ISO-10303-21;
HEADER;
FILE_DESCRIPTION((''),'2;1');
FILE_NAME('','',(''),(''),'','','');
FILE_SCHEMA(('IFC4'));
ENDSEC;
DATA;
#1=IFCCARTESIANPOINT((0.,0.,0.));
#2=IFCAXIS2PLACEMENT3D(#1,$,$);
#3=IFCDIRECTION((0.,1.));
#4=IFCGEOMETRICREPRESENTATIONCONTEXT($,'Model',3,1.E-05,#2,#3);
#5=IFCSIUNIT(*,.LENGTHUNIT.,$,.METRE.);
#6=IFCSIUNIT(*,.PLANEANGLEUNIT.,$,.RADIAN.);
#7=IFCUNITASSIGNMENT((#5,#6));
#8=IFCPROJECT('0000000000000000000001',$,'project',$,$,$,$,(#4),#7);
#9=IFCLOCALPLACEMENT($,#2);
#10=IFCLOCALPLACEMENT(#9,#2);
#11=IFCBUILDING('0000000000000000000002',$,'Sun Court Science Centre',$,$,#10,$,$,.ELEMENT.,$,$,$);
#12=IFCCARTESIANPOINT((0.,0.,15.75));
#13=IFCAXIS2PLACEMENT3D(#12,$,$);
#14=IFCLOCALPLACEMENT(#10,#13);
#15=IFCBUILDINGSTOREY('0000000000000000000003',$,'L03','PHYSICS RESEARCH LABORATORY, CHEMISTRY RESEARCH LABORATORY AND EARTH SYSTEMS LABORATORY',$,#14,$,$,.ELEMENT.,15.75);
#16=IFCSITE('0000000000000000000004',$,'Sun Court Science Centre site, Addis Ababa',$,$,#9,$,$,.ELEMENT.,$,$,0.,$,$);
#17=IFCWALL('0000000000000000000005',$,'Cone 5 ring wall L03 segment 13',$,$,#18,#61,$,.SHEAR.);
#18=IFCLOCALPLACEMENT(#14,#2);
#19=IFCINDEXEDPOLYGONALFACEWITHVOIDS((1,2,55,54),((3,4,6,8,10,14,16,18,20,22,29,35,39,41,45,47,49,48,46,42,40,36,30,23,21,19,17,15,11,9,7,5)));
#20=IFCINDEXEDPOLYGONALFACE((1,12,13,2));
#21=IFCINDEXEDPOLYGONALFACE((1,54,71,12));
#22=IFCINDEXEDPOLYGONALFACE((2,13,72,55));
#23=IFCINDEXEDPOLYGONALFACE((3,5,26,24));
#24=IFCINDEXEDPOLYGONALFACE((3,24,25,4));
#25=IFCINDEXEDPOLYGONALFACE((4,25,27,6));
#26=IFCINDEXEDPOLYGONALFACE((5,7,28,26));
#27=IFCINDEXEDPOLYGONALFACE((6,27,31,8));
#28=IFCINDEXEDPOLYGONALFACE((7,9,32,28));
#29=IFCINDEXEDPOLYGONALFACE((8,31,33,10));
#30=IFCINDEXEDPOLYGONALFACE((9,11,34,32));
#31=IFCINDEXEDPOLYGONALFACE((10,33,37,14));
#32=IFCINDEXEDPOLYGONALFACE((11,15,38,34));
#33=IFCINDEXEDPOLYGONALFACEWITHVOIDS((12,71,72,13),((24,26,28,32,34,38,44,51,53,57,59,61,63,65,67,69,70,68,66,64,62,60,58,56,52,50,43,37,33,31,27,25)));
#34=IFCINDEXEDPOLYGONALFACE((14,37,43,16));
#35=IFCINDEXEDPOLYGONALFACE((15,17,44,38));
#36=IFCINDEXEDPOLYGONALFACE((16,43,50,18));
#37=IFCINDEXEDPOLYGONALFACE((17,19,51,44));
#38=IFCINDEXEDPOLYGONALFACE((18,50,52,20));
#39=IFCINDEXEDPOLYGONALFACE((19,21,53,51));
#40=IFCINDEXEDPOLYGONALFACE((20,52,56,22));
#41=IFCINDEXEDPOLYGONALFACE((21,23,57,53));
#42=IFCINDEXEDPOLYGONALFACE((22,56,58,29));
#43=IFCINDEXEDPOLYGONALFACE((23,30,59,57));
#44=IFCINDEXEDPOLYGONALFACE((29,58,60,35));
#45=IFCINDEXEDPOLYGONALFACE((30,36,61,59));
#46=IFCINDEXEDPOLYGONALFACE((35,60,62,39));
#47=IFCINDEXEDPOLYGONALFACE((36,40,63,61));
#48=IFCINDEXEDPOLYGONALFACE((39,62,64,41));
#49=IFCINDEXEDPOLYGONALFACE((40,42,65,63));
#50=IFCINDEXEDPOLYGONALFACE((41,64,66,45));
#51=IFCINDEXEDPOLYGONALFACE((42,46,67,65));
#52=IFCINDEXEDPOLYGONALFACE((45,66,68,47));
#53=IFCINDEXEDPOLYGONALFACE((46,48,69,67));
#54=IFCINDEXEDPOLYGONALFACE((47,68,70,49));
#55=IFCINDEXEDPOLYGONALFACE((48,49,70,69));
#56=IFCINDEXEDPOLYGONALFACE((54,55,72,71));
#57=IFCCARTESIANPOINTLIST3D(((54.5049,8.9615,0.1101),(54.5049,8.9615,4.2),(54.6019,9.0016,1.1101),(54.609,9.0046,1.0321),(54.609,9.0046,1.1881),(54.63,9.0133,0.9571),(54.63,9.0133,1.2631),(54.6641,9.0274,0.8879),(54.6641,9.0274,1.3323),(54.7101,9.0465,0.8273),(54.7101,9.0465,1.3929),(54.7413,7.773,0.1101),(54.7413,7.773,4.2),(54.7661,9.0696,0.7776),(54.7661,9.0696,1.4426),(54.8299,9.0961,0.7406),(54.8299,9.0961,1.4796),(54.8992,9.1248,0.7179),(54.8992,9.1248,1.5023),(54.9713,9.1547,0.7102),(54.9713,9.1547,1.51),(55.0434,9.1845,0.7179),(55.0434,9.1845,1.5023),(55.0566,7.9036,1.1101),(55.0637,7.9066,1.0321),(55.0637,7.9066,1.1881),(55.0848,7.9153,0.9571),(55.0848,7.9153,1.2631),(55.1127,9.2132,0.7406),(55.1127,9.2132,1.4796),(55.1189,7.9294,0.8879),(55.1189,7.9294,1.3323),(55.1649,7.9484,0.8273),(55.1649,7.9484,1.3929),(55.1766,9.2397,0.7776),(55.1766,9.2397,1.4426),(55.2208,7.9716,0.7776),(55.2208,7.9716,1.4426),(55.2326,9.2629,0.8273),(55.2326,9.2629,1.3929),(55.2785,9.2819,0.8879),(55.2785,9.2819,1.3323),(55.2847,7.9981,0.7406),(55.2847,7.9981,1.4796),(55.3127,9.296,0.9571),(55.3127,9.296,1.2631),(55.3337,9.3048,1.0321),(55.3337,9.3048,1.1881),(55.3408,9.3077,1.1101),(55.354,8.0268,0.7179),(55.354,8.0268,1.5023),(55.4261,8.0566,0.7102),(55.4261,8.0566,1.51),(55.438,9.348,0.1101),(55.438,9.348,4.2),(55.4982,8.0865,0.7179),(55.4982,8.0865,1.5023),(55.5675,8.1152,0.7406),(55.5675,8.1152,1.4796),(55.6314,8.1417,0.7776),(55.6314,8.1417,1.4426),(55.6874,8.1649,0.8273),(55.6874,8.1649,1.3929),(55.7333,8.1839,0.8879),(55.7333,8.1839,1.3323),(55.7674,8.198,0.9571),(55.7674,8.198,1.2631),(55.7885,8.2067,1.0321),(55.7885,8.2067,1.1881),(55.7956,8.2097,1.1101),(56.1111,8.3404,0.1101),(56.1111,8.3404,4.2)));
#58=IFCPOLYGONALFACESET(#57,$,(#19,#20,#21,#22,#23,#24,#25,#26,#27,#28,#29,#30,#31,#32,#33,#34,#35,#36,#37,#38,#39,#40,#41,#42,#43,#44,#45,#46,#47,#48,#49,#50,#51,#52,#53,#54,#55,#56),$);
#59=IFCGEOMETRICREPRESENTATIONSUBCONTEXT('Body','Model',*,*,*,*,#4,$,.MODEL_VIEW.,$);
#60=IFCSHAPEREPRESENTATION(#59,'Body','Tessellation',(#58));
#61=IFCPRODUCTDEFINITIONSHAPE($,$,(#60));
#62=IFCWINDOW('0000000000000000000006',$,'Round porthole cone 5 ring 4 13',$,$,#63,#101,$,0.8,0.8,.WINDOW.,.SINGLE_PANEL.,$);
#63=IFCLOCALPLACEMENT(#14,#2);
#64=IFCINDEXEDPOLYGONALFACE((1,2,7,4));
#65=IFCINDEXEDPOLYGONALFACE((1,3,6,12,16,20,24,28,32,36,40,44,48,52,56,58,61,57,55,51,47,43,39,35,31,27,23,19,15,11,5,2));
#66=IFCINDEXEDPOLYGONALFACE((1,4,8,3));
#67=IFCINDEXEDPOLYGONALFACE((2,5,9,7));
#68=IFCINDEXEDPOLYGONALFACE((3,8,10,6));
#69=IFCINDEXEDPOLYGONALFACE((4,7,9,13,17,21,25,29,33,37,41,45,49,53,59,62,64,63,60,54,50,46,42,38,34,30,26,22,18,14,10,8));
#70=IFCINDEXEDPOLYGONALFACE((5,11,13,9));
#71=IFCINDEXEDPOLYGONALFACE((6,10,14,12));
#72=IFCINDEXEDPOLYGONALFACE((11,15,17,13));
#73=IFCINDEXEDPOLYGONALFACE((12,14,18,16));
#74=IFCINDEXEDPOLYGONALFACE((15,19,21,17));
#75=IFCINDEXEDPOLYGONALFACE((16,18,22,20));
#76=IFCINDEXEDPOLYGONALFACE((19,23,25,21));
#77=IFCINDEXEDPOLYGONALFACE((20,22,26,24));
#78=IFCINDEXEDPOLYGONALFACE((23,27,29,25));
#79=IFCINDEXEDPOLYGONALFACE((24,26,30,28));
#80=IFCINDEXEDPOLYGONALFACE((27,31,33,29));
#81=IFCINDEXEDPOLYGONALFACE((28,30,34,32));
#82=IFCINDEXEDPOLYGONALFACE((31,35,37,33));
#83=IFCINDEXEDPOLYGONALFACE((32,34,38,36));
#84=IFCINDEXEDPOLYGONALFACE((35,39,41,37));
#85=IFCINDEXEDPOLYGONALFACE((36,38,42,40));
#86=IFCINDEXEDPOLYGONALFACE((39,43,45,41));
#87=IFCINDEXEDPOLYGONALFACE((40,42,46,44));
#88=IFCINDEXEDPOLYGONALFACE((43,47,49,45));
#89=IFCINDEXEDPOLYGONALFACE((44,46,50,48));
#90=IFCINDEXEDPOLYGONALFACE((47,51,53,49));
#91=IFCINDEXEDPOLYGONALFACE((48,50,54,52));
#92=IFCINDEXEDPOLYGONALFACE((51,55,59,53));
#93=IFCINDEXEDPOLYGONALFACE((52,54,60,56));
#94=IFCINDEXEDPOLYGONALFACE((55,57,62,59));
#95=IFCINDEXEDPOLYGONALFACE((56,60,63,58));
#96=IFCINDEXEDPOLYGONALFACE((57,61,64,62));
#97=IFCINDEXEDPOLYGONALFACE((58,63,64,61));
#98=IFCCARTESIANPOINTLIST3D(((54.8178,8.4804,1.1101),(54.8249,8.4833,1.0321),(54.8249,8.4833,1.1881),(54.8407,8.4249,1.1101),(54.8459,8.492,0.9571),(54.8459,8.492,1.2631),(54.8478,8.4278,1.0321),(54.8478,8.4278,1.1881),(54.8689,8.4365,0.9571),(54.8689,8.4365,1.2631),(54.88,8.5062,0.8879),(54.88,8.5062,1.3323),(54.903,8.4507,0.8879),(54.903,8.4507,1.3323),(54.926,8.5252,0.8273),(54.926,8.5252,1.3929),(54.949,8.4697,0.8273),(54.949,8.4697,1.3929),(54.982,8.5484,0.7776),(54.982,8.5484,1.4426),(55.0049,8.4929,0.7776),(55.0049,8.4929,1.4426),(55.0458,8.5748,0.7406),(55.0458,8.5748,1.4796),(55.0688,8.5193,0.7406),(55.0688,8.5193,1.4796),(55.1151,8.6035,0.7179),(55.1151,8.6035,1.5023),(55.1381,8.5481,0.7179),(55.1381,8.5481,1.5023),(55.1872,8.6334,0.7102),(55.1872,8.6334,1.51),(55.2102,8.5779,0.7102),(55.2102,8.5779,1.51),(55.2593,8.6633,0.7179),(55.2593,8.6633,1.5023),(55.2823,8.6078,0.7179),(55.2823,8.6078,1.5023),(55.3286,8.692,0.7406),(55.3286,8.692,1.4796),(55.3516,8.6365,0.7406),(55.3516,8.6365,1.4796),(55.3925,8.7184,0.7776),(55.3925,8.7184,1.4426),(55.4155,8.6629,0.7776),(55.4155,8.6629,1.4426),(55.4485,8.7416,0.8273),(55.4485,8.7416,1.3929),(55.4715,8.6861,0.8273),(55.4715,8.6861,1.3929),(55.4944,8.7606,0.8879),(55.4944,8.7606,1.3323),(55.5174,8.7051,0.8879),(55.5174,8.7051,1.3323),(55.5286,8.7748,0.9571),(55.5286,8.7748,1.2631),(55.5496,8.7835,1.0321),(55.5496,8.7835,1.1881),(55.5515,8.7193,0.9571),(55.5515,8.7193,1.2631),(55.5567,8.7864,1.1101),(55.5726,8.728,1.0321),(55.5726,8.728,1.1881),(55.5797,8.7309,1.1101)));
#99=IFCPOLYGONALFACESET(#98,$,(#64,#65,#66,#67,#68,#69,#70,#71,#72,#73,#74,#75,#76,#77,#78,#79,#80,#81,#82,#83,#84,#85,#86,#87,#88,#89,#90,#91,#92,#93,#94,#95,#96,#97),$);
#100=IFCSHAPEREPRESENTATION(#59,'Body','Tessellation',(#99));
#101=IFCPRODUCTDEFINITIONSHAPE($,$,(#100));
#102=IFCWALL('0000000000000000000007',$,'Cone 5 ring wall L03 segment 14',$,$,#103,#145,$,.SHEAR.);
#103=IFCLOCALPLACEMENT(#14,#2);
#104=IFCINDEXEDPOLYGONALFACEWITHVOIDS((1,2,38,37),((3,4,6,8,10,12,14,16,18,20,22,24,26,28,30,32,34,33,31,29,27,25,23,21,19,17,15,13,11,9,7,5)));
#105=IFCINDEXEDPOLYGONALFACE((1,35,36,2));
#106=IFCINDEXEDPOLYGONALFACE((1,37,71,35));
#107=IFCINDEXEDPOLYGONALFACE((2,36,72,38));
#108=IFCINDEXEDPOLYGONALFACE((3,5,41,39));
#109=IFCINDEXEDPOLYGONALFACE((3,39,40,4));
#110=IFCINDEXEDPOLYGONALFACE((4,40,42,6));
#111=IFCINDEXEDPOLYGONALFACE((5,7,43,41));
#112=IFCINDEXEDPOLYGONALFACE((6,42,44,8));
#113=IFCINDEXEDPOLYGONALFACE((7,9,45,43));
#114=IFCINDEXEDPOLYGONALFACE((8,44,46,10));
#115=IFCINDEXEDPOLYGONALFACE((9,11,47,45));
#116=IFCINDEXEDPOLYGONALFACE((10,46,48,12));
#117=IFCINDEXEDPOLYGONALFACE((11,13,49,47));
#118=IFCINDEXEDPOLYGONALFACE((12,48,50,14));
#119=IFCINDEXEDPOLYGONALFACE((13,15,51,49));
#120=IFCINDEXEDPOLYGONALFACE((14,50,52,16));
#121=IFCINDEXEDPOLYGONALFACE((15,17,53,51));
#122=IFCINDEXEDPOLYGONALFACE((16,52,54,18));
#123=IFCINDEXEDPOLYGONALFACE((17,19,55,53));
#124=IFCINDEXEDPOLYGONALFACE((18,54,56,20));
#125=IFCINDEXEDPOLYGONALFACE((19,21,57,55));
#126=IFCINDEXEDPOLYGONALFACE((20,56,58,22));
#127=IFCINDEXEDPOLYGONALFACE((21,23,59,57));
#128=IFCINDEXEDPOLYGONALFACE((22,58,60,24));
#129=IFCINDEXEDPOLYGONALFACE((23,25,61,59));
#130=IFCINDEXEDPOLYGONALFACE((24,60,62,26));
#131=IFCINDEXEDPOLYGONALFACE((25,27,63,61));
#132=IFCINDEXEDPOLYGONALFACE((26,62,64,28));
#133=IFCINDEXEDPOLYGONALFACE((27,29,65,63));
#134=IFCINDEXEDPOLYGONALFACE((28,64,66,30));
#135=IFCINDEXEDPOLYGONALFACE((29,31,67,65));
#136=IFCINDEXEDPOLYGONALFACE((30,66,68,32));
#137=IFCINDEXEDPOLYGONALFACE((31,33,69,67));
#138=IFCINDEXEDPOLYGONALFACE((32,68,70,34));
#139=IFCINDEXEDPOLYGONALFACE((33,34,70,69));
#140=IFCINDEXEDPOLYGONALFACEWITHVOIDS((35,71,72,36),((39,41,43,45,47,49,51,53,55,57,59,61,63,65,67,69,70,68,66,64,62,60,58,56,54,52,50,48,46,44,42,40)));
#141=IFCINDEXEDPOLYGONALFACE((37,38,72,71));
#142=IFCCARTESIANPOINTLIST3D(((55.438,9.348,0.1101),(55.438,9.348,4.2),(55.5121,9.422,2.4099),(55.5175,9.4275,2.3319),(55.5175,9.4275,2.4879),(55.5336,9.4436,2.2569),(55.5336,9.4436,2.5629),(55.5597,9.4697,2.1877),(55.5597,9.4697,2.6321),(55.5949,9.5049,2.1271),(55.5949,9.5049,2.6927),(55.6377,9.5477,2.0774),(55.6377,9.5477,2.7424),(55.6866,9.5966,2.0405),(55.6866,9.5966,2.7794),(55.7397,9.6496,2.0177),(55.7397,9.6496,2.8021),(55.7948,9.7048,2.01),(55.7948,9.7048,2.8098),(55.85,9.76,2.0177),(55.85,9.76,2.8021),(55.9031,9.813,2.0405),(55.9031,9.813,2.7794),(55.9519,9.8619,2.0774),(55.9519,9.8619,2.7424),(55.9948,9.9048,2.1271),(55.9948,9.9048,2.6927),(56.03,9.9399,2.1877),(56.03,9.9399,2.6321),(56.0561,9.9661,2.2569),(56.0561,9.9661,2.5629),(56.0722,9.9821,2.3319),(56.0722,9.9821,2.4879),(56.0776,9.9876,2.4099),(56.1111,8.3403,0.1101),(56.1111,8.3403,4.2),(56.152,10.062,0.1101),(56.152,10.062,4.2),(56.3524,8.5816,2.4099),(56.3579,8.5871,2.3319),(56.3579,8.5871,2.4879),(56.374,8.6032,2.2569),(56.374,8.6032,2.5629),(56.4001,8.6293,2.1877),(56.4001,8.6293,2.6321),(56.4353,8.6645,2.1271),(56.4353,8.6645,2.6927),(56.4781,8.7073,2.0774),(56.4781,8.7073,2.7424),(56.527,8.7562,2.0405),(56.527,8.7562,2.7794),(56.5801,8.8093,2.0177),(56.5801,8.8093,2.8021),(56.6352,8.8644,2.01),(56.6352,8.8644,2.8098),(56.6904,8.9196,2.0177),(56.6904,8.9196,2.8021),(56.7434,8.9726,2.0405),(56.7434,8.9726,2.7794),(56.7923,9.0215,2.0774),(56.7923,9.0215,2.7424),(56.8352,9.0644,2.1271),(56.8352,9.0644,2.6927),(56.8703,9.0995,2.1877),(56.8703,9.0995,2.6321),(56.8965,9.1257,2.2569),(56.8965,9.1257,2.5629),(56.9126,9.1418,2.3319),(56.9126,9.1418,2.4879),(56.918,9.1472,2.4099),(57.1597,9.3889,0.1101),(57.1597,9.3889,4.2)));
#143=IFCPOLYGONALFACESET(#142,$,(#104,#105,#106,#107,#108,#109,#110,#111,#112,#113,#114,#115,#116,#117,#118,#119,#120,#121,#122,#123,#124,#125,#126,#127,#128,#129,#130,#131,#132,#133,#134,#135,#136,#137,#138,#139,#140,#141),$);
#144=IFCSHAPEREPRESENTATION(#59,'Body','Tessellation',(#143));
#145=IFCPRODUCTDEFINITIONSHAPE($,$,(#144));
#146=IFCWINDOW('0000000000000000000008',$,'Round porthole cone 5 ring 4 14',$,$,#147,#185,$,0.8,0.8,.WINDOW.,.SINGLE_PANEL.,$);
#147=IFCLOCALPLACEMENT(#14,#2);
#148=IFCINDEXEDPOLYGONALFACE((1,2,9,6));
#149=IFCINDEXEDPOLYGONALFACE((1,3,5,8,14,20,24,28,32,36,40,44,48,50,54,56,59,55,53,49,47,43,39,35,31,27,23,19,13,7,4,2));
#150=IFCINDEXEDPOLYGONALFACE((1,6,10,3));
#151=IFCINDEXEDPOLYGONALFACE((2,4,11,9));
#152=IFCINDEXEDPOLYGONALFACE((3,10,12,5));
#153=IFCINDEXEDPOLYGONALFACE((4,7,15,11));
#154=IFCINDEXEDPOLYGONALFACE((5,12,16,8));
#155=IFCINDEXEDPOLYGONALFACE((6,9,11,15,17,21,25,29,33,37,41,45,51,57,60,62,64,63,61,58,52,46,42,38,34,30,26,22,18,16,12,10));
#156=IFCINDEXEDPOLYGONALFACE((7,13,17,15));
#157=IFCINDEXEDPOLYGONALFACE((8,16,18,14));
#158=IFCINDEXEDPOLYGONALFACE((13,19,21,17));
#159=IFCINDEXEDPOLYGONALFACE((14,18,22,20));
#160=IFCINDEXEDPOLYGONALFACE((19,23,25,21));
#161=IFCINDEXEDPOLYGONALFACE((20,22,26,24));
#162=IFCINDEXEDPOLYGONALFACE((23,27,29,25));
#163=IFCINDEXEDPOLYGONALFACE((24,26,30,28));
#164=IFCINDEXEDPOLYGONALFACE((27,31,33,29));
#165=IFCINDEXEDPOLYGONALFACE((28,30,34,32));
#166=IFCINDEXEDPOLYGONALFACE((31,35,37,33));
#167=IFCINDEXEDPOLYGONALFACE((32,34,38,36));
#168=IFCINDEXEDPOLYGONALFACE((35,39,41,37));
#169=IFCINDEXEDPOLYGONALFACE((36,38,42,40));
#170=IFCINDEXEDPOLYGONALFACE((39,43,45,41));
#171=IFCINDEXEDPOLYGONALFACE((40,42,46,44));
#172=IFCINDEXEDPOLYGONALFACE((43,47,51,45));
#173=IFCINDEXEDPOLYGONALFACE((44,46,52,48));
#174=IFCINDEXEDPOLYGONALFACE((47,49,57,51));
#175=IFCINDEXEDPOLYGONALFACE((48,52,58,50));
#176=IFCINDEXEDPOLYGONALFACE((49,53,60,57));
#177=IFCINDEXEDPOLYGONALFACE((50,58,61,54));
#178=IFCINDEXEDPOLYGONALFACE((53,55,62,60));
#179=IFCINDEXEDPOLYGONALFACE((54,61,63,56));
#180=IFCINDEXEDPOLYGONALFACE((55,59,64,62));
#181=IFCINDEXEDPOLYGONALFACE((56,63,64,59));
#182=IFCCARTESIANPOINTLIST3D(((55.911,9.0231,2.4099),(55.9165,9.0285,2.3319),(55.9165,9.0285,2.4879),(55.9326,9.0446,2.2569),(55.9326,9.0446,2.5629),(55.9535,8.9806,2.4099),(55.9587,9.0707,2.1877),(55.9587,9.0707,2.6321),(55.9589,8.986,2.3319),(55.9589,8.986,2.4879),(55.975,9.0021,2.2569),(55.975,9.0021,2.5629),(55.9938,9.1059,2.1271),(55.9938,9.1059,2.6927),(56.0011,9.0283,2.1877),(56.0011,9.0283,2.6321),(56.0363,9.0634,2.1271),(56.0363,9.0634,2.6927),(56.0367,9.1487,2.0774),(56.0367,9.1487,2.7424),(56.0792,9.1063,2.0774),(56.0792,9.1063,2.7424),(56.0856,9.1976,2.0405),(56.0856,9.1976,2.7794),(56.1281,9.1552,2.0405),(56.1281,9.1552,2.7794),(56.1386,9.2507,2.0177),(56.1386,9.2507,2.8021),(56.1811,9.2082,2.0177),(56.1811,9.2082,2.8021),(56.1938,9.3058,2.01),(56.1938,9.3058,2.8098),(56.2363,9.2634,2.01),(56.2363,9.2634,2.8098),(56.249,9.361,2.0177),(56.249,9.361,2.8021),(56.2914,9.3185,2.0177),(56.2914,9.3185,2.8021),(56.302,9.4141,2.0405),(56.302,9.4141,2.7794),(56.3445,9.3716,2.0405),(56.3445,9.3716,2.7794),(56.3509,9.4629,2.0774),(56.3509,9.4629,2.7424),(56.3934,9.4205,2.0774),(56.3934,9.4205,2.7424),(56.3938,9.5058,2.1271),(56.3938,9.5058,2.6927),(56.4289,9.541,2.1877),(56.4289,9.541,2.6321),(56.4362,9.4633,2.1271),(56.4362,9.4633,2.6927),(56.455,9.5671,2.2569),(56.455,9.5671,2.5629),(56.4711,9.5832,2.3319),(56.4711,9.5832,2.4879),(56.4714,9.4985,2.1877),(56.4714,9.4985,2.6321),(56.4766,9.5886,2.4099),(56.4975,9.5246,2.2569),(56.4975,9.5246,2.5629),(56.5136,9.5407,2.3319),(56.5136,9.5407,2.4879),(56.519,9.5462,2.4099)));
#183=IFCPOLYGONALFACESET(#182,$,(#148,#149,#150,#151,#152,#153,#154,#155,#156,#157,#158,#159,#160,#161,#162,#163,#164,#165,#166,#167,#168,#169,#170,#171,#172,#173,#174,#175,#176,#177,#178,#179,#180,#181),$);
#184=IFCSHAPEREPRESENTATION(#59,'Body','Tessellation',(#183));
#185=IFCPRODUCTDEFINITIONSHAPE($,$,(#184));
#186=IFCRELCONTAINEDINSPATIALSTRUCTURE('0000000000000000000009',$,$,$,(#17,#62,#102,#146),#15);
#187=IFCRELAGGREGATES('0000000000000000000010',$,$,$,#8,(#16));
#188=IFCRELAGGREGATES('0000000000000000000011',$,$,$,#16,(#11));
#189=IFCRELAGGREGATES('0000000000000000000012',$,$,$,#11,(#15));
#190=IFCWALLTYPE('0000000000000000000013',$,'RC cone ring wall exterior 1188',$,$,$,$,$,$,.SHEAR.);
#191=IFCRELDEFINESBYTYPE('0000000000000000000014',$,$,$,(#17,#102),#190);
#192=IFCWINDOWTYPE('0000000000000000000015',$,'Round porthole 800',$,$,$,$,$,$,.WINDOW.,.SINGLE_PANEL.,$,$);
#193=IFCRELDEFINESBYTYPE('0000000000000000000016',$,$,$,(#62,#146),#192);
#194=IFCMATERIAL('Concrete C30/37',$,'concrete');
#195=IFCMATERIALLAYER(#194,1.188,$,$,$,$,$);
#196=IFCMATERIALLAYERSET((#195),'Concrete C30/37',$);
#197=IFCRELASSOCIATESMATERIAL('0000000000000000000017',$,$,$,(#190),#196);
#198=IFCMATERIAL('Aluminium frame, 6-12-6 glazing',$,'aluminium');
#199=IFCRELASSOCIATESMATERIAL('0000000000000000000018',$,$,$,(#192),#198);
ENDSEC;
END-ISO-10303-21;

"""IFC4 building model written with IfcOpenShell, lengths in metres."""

from ifc_helpers import new_model, si_unit, direction, frame, frame_2d, origin, place, context, subcontext, project, spatial, polyline, circle, outline, extrude, material, layer, layer_set, type_object, element, fill, save


model = new_model("IFC4")

# Units and contexts
model_context = context("Model", 3, precision=1e-05, world=origin(), true_north=direction((0.0, 1.0)))
body_context = subcontext(model_context, "Body", "Model", "MODEL_VIEW")
ifc_project = project(units=[si_unit("LENGTHUNIT", "METRE"), si_unit("PLANEANGLEUNIT", "RADIAN")], contexts=[model_context])

# Site, building, storey
site_placement = place(None, origin())
site = spatial("IfcSite", under=ifc_project, at=site_placement, Name="Sun Court Science Centre site, Addis Ababa", CompositionType="ELEMENT", RefElevation=0.0)
building_placement = place(site_placement, origin())
building = spatial("IfcBuilding", under=site, at=building_placement, Name="Sun Court Science Centre", CompositionType="ELEMENT")
storey_placement = place(building_placement, frame((0.0, 0.0, 15.75)))
storey = spatial("IfcBuildingStorey", under=building, at=storey_placement, Name="L03", Description="PHYSICS RESEARCH LABORATORY, CHEMISTRY RESEARCH LABORATORY AND EARTH SYSTEMS LABORATORY", CompositionType="ELEMENT", Elevation=15.75)

# Walls, openings, windows
ifc_material_1 = material(Name="Concrete C30/37", Category="concrete")
ifc_layer = layer(ifc_material_1, 1.188)
ifc_layer_set = layer_set([ifc_layer], Name="Concrete C30/37")
wall_type = type_object("IfcWallType", Name="RC cone ring wall exterior 1188", PredefinedType="SHEAR", material=ifc_layer_set)
ifc_material_2 = material(Name="Aluminium frame, 6-12-6 glazing", Category="aluminium")
window_type = type_object("IfcWindowType", Name="Round porthole 800", PartitioningType="SINGLE_PANEL", PredefinedType="WINDOW", material=ifc_material_2)
wall_1_placement = place(storey_placement, frame((54.5139, 8.322, 0.1101), z_axis=(0.0, 0.0, 1.0), x_axis=(0.923888, 0.382662, 0.0)))
wall_1 = element("IfcWall", 1, at=wall_1_placement, inside=storey, type_object=wall_type, Name="Cone 5 ring wall L03 segment 13", PredefinedType="SHEAR", context=body_context, shape_type="SweptSolid", body=[
    extrude(outline(polyline([(0.0, -0.5942), (1.4827, -0.5942), (1.2463, 0.5942), (0.2363, 0.5942), (0.0, -0.5942)])), origin(), (0.0, 0.0, 1.0), 4.0898),
])
opening_1_placement = place(wall_1_placement, frame((0.3413, 0.0, 0.6001)))
opening_1 = element("IfcOpeningElement", 2, at=opening_1_placement, cuts=wall_1, PredefinedType="OPENING", context=body_context, shape_type="SweptSolid", body=[
    extrude(circle(Radius=0.3999, at=frame_2d((0.3999, 0.3999))), frame((0.0, 0.6042, 0.0), z_axis=(0.0, -1.0, 0.0), x_axis=(1.0, 0.0, 0.0)), (0.0, 0.0, 1.0), 1.2085),
])
window_1_placement = place(opening_1_placement, origin())
window_1 = element("IfcWindow", 3, at=window_1_placement, inside=storey, type_object=window_type, Name="Round porthole cone 5 ring 4 13", OverallHeight=0.8, OverallWidth=0.8, PartitioningType="SINGLE_PANEL", PredefinedType="WINDOW", context=body_context, shape_type="SweptSolid", body=[
    extrude(circle(Radius=0.3999, at=frame_2d((0.3999, 0.3999))), frame((0.0, 0.03, 0.0), z_axis=(0.0, -1.0, 0.0), x_axis=(1.0, 0.0, 0.0)), (0.0, 0.0, 1.0), 0.0601),
])
fill(opening_1, window_1)
wall_2_placement = place(storey_placement, frame((55.6909, 8.7605, 0.1101), z_axis=(0.0, 0.0, 1.0), x_axis=(0.707107, 0.707107, 0.0)))
wall_2 = element("IfcWall", 4, at=wall_2_placement, inside=storey, type_object=wall_type, Name="Cone 5 ring wall L03 segment 14", PredefinedType="SHEAR", context=body_context, shape_type="SweptSolid", body=[
    extrude(outline(polyline([(0.0, -0.5942), (1.4829, -0.5942), (1.2463, 0.5942), (0.2366, 0.5942), (0.0, -0.5942)])), origin(), (0.0, 0.0, 1.0), 4.0898),
])
opening_2_placement = place(wall_2_placement, frame((0.3413, 0.0, 1.8999)))
opening_2 = element("IfcOpeningElement", 5, at=opening_2_placement, cuts=wall_2, PredefinedType="OPENING", context=body_context, shape_type="SweptSolid", body=[
    extrude(circle(Radius=0.3999, at=frame_2d((0.3999, 0.3999))), frame((0.0, 0.6042, 0.0), z_axis=(0.0, -1.0, 0.0), x_axis=(1.0, 0.0, 0.0)), (0.0, 0.0, 1.0), 1.2085),
])
window_2_placement = place(opening_2_placement, origin())
window_2 = element("IfcWindow", 6, at=window_2_placement, inside=storey, type_object=window_type, Name="Round porthole cone 5 ring 4 14", OverallHeight=0.8, OverallWidth=0.8, PartitioningType="SINGLE_PANEL", PredefinedType="WINDOW", context=body_context, shape_type="SweptSolid", body=[
    extrude(circle(Radius=0.3999, at=frame_2d((0.3999, 0.3999))), frame((0.0, 0.03, 0.0), z_axis=(0.0, -1.0, 0.0), x_axis=(1.0, 0.0, 0.0)), (0.0, 0.0, 1.0), 0.0601),
])
fill(opening_2, window_2)

save(model, "model.ifc")
